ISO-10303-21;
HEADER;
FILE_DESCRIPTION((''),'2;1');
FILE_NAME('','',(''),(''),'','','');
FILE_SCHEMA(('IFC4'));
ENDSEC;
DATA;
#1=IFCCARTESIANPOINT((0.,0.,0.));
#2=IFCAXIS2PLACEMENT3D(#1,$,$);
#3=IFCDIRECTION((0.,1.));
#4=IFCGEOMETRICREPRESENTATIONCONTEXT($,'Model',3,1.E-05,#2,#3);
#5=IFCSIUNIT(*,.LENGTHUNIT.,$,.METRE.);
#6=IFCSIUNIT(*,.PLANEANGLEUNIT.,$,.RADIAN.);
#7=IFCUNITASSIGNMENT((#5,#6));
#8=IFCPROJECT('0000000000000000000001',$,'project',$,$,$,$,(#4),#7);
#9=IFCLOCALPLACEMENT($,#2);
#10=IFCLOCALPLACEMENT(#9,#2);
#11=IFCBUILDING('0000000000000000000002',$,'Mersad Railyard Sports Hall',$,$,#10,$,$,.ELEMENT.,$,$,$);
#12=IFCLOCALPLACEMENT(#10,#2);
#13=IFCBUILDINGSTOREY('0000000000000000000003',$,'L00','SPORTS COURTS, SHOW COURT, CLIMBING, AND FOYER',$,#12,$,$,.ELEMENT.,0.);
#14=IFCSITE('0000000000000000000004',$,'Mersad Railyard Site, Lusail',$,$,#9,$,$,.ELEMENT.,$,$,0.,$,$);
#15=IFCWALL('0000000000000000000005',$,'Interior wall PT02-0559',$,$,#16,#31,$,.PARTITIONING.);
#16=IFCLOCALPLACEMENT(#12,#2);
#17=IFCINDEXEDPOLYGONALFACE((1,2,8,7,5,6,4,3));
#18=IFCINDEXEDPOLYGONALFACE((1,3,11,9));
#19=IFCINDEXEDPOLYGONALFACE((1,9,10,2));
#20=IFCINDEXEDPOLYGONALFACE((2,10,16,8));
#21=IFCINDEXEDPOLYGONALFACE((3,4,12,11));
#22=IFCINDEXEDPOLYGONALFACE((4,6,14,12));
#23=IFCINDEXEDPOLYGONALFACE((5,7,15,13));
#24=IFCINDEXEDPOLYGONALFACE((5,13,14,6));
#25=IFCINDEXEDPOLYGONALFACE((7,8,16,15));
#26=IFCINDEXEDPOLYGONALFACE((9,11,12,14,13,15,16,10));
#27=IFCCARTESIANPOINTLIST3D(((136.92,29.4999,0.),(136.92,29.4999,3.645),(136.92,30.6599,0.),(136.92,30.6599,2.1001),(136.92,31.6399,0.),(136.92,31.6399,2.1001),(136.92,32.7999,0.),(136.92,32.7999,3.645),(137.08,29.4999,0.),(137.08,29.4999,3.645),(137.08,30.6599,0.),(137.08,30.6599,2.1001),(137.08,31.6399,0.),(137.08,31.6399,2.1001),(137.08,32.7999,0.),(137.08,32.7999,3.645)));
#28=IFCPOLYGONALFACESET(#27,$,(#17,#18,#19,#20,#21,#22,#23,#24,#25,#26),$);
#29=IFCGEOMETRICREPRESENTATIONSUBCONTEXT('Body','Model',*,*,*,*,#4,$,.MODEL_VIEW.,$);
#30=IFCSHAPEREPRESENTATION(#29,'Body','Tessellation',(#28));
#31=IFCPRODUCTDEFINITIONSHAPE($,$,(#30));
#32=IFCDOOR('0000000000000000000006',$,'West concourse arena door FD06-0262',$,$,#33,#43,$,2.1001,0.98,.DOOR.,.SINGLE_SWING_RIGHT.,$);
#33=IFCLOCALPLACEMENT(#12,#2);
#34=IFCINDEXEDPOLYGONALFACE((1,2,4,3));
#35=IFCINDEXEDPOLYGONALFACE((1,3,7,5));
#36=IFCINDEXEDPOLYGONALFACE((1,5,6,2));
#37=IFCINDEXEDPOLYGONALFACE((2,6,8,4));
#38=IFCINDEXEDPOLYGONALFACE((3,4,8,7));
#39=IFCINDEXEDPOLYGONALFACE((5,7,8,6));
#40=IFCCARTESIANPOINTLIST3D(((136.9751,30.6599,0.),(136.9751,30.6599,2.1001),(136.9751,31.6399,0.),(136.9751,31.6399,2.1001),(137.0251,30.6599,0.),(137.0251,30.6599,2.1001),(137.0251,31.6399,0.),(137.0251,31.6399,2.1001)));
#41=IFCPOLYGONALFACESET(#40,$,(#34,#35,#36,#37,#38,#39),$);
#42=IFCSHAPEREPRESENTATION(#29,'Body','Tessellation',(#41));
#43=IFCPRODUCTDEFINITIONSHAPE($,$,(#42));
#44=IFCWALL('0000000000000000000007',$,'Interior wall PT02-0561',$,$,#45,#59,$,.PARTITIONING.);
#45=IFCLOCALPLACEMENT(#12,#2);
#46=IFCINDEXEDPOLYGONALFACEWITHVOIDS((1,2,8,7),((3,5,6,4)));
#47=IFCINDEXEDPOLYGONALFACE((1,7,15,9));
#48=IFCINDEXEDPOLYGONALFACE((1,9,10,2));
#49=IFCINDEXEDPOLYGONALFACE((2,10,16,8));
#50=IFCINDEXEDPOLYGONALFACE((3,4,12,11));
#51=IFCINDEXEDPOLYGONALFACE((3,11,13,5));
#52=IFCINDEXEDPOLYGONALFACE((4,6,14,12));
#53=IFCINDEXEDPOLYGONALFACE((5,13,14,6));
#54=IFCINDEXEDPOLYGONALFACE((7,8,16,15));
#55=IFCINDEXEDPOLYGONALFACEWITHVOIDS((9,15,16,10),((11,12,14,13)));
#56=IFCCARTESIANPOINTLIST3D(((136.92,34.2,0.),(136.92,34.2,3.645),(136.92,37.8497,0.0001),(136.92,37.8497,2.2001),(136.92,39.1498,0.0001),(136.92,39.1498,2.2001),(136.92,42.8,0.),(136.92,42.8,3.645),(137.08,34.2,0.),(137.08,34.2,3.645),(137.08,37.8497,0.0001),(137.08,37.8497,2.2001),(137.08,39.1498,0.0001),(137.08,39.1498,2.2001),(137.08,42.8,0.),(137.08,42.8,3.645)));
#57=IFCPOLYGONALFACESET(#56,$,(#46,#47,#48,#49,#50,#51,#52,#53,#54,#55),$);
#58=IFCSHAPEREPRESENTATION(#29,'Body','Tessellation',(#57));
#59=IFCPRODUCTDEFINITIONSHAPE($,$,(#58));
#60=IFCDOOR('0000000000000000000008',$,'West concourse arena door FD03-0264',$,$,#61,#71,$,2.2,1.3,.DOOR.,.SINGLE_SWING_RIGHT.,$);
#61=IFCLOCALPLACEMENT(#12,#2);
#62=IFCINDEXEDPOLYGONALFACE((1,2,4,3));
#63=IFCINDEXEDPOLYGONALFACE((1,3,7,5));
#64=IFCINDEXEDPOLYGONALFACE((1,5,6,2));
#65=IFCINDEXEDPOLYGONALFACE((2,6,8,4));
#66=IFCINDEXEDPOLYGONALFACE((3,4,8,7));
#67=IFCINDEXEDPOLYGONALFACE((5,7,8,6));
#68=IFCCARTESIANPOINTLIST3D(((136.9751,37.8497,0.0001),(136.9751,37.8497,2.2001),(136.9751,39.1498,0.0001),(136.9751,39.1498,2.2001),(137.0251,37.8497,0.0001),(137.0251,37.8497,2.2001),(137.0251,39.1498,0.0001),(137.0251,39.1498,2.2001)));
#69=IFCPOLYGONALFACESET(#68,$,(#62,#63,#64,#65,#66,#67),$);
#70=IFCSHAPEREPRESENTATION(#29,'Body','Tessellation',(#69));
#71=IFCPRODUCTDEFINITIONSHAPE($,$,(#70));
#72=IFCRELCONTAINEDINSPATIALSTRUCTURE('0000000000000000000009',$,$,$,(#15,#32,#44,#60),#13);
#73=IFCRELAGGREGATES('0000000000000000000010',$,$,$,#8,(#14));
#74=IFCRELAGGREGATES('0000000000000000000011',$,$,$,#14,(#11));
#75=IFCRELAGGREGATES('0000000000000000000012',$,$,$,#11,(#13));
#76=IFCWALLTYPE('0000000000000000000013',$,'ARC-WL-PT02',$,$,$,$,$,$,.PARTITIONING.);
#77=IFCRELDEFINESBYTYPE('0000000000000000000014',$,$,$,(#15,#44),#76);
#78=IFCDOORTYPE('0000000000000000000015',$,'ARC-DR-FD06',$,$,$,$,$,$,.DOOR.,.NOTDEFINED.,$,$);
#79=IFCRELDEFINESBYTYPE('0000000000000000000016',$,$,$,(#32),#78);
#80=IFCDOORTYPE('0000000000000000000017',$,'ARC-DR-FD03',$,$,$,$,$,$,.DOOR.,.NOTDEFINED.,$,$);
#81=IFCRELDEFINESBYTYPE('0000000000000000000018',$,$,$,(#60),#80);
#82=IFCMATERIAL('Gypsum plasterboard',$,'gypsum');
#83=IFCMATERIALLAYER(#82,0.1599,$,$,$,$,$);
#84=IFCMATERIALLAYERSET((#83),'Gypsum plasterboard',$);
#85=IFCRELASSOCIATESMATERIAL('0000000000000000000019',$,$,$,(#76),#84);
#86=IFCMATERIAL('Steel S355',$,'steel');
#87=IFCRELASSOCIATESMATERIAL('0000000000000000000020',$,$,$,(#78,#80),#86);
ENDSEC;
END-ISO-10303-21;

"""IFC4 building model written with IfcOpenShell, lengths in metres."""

from ifc_helpers import new_model, si_unit, direction, frame, frame_2d, origin, place, context, subcontext, project, spatial, rectangle, extrude, material, layer, layer_set, type_object, element, fill, save


model = new_model("IFC4")

# Units and contexts
model_context = context("Model", 3, precision=1e-05, world=origin(), true_north=direction((0.0, 1.0)))
body_context = subcontext(model_context, "Body", "Model", "MODEL_VIEW")
ifc_project = project(units=[si_unit("LENGTHUNIT", "METRE"), si_unit("PLANEANGLEUNIT", "RADIAN")], contexts=[model_context])

# Site, building, storey
site_placement = place(None, origin())
site = spatial("IfcSite", under=ifc_project, at=site_placement, Name="Mersad Railyard Site, Lusail", CompositionType="ELEMENT", RefElevation=0.0)
building_placement = place(site_placement, origin())
building = spatial("IfcBuilding", under=site, at=building_placement, Name="Mersad Railyard Sports Hall", CompositionType="ELEMENT")
storey_placement = place(building_placement, origin())
storey = spatial("IfcBuildingStorey", under=building, at=storey_placement, Name="L00", Description="SPORTS COURTS, SHOW COURT, CLIMBING, AND FOYER", CompositionType="ELEMENT", Elevation=0.0)

# Walls, openings, doors
ifc_material_1 = material(Name="Gypsum plasterboard", Category="gypsum")
ifc_layer = layer(ifc_material_1, 0.1599)
ifc_layer_set = layer_set([ifc_layer], Name="Gypsum plasterboard")
wall_type = type_object("IfcWallType", Name="ARC-WL-PT02", PredefinedType="PARTITIONING", material=ifc_layer_set)
wall_1_placement = place(storey_placement, frame((137.0, 29.5, 0.0), z_axis=(0.0, 0.0, 1.0), x_axis=(0.0, 1.0, 0.0)))
wall_1 = element("IfcWall", 1, at=wall_1_placement, inside=storey, type_object=wall_type, Name="Interior wall PT02-0559", PredefinedType="PARTITIONING", context=body_context, shape_type="SweptSolid", body=[
    extrude(rectangle(XDim=3.3, YDim=0.1599, at=frame_2d((1.6499, 0.0))), origin(), (0.0, 0.0, 1.0), 3.645),
])
opening_1_placement = place(wall_1_placement, frame((1.1599, 0.0, 0.0)))
opening_1 = element("IfcOpeningElement", 2, at=opening_1_placement, cuts=wall_1, PredefinedType="OPENING", context=body_context, shape_type="SweptSolid", body=[
    extrude(rectangle(XDim=0.98, YDim=2.1001, at=frame_2d((0.49, 1.05))), frame((0.0, 0.0898, 0.0), z_axis=(0.0, -1.0, 0.0), x_axis=(1.0, 0.0, 0.0)), (0.0, 0.0, 1.0), 0.1799),
])
ifc_material_2 = material(Name="Steel S355", Category="steel")
door_type_1 = type_object("IfcDoorType", Name="ARC-DR-FD06", OperationType="NOTDEFINED", PredefinedType="DOOR", material=ifc_material_2)
door_1_placement = place(opening_1_placement, origin())
door_1 = element("IfcDoor", 3, at=door_1_placement, inside=storey, type_object=door_type_1, Name="West concourse arena door FD06-0262", OperationType="SINGLE_SWING_RIGHT", OverallHeight=2.1001, OverallWidth=0.98, PredefinedType="DOOR", context=body_context, shape_type="SweptSolid", body=[
    extrude(rectangle(XDim=0.98, YDim=2.1001, at=frame_2d((0.49, 1.05))), frame((0.0, 0.0249, 0.0), z_axis=(0.0, -1.0, 0.0), x_axis=(1.0, 0.0, 0.0)), (0.0, 0.0, 1.0), 0.05),
])
fill(opening_1, door_1)
wall_2_placement = place(storey_placement, frame((137.0, 34.2, 0.0), z_axis=(0.0, 0.0, 1.0), x_axis=(0.0, 1.0, 0.0)))
wall_2 = element("IfcWall", 4, at=wall_2_placement, inside=storey, type_object=wall_type, Name="Interior wall PT02-0561", PredefinedType="PARTITIONING", context=body_context, shape_type="SweptSolid", body=[
    extrude(rectangle(XDim=8.6001, YDim=0.1599, at=frame_2d((4.3, 0.0))), origin(), (0.0, 0.0, 1.0), 3.645),
])
opening_2_placement = place(wall_2_placement, frame((3.6499, 0.0, 0.0)))
opening_2 = element("IfcOpeningElement", 5, at=opening_2_placement, cuts=wall_2, PredefinedType="OPENING", context=body_context, shape_type="SweptSolid", body=[
    extrude(rectangle(XDim=1.3, YDim=2.2, at=frame_2d((0.6499, 1.1001))), frame((0.0, 0.0898, 0.0), z_axis=(0.0, -1.0, 0.0), x_axis=(1.0, 0.0, 0.0)), (0.0, 0.0, 1.0), 0.1799),
])
door_type_2 = type_object("IfcDoorType", Name="ARC-DR-FD03", OperationType="NOTDEFINED", PredefinedType="DOOR", material=ifc_material_2)
door_2_placement = place(opening_2_placement, origin())
door_2 = element("IfcDoor", 6, at=door_2_placement, inside=storey, type_object=door_type_2, Name="West concourse arena door FD03-0264", OperationType="SINGLE_SWING_RIGHT", OverallHeight=2.2, OverallWidth=1.3, PredefinedType="DOOR", context=body_context, shape_type="SweptSolid", body=[
    extrude(rectangle(XDim=1.3, YDim=2.2, at=frame_2d((0.6499, 1.1001))), frame((0.0, 0.0249, 0.0), z_axis=(0.0, -1.0, 0.0), x_axis=(1.0, 0.0, 0.0)), (0.0, 0.0, 1.0), 0.05),
])
fill(opening_2, door_2)

save(model, "model.ifc")
